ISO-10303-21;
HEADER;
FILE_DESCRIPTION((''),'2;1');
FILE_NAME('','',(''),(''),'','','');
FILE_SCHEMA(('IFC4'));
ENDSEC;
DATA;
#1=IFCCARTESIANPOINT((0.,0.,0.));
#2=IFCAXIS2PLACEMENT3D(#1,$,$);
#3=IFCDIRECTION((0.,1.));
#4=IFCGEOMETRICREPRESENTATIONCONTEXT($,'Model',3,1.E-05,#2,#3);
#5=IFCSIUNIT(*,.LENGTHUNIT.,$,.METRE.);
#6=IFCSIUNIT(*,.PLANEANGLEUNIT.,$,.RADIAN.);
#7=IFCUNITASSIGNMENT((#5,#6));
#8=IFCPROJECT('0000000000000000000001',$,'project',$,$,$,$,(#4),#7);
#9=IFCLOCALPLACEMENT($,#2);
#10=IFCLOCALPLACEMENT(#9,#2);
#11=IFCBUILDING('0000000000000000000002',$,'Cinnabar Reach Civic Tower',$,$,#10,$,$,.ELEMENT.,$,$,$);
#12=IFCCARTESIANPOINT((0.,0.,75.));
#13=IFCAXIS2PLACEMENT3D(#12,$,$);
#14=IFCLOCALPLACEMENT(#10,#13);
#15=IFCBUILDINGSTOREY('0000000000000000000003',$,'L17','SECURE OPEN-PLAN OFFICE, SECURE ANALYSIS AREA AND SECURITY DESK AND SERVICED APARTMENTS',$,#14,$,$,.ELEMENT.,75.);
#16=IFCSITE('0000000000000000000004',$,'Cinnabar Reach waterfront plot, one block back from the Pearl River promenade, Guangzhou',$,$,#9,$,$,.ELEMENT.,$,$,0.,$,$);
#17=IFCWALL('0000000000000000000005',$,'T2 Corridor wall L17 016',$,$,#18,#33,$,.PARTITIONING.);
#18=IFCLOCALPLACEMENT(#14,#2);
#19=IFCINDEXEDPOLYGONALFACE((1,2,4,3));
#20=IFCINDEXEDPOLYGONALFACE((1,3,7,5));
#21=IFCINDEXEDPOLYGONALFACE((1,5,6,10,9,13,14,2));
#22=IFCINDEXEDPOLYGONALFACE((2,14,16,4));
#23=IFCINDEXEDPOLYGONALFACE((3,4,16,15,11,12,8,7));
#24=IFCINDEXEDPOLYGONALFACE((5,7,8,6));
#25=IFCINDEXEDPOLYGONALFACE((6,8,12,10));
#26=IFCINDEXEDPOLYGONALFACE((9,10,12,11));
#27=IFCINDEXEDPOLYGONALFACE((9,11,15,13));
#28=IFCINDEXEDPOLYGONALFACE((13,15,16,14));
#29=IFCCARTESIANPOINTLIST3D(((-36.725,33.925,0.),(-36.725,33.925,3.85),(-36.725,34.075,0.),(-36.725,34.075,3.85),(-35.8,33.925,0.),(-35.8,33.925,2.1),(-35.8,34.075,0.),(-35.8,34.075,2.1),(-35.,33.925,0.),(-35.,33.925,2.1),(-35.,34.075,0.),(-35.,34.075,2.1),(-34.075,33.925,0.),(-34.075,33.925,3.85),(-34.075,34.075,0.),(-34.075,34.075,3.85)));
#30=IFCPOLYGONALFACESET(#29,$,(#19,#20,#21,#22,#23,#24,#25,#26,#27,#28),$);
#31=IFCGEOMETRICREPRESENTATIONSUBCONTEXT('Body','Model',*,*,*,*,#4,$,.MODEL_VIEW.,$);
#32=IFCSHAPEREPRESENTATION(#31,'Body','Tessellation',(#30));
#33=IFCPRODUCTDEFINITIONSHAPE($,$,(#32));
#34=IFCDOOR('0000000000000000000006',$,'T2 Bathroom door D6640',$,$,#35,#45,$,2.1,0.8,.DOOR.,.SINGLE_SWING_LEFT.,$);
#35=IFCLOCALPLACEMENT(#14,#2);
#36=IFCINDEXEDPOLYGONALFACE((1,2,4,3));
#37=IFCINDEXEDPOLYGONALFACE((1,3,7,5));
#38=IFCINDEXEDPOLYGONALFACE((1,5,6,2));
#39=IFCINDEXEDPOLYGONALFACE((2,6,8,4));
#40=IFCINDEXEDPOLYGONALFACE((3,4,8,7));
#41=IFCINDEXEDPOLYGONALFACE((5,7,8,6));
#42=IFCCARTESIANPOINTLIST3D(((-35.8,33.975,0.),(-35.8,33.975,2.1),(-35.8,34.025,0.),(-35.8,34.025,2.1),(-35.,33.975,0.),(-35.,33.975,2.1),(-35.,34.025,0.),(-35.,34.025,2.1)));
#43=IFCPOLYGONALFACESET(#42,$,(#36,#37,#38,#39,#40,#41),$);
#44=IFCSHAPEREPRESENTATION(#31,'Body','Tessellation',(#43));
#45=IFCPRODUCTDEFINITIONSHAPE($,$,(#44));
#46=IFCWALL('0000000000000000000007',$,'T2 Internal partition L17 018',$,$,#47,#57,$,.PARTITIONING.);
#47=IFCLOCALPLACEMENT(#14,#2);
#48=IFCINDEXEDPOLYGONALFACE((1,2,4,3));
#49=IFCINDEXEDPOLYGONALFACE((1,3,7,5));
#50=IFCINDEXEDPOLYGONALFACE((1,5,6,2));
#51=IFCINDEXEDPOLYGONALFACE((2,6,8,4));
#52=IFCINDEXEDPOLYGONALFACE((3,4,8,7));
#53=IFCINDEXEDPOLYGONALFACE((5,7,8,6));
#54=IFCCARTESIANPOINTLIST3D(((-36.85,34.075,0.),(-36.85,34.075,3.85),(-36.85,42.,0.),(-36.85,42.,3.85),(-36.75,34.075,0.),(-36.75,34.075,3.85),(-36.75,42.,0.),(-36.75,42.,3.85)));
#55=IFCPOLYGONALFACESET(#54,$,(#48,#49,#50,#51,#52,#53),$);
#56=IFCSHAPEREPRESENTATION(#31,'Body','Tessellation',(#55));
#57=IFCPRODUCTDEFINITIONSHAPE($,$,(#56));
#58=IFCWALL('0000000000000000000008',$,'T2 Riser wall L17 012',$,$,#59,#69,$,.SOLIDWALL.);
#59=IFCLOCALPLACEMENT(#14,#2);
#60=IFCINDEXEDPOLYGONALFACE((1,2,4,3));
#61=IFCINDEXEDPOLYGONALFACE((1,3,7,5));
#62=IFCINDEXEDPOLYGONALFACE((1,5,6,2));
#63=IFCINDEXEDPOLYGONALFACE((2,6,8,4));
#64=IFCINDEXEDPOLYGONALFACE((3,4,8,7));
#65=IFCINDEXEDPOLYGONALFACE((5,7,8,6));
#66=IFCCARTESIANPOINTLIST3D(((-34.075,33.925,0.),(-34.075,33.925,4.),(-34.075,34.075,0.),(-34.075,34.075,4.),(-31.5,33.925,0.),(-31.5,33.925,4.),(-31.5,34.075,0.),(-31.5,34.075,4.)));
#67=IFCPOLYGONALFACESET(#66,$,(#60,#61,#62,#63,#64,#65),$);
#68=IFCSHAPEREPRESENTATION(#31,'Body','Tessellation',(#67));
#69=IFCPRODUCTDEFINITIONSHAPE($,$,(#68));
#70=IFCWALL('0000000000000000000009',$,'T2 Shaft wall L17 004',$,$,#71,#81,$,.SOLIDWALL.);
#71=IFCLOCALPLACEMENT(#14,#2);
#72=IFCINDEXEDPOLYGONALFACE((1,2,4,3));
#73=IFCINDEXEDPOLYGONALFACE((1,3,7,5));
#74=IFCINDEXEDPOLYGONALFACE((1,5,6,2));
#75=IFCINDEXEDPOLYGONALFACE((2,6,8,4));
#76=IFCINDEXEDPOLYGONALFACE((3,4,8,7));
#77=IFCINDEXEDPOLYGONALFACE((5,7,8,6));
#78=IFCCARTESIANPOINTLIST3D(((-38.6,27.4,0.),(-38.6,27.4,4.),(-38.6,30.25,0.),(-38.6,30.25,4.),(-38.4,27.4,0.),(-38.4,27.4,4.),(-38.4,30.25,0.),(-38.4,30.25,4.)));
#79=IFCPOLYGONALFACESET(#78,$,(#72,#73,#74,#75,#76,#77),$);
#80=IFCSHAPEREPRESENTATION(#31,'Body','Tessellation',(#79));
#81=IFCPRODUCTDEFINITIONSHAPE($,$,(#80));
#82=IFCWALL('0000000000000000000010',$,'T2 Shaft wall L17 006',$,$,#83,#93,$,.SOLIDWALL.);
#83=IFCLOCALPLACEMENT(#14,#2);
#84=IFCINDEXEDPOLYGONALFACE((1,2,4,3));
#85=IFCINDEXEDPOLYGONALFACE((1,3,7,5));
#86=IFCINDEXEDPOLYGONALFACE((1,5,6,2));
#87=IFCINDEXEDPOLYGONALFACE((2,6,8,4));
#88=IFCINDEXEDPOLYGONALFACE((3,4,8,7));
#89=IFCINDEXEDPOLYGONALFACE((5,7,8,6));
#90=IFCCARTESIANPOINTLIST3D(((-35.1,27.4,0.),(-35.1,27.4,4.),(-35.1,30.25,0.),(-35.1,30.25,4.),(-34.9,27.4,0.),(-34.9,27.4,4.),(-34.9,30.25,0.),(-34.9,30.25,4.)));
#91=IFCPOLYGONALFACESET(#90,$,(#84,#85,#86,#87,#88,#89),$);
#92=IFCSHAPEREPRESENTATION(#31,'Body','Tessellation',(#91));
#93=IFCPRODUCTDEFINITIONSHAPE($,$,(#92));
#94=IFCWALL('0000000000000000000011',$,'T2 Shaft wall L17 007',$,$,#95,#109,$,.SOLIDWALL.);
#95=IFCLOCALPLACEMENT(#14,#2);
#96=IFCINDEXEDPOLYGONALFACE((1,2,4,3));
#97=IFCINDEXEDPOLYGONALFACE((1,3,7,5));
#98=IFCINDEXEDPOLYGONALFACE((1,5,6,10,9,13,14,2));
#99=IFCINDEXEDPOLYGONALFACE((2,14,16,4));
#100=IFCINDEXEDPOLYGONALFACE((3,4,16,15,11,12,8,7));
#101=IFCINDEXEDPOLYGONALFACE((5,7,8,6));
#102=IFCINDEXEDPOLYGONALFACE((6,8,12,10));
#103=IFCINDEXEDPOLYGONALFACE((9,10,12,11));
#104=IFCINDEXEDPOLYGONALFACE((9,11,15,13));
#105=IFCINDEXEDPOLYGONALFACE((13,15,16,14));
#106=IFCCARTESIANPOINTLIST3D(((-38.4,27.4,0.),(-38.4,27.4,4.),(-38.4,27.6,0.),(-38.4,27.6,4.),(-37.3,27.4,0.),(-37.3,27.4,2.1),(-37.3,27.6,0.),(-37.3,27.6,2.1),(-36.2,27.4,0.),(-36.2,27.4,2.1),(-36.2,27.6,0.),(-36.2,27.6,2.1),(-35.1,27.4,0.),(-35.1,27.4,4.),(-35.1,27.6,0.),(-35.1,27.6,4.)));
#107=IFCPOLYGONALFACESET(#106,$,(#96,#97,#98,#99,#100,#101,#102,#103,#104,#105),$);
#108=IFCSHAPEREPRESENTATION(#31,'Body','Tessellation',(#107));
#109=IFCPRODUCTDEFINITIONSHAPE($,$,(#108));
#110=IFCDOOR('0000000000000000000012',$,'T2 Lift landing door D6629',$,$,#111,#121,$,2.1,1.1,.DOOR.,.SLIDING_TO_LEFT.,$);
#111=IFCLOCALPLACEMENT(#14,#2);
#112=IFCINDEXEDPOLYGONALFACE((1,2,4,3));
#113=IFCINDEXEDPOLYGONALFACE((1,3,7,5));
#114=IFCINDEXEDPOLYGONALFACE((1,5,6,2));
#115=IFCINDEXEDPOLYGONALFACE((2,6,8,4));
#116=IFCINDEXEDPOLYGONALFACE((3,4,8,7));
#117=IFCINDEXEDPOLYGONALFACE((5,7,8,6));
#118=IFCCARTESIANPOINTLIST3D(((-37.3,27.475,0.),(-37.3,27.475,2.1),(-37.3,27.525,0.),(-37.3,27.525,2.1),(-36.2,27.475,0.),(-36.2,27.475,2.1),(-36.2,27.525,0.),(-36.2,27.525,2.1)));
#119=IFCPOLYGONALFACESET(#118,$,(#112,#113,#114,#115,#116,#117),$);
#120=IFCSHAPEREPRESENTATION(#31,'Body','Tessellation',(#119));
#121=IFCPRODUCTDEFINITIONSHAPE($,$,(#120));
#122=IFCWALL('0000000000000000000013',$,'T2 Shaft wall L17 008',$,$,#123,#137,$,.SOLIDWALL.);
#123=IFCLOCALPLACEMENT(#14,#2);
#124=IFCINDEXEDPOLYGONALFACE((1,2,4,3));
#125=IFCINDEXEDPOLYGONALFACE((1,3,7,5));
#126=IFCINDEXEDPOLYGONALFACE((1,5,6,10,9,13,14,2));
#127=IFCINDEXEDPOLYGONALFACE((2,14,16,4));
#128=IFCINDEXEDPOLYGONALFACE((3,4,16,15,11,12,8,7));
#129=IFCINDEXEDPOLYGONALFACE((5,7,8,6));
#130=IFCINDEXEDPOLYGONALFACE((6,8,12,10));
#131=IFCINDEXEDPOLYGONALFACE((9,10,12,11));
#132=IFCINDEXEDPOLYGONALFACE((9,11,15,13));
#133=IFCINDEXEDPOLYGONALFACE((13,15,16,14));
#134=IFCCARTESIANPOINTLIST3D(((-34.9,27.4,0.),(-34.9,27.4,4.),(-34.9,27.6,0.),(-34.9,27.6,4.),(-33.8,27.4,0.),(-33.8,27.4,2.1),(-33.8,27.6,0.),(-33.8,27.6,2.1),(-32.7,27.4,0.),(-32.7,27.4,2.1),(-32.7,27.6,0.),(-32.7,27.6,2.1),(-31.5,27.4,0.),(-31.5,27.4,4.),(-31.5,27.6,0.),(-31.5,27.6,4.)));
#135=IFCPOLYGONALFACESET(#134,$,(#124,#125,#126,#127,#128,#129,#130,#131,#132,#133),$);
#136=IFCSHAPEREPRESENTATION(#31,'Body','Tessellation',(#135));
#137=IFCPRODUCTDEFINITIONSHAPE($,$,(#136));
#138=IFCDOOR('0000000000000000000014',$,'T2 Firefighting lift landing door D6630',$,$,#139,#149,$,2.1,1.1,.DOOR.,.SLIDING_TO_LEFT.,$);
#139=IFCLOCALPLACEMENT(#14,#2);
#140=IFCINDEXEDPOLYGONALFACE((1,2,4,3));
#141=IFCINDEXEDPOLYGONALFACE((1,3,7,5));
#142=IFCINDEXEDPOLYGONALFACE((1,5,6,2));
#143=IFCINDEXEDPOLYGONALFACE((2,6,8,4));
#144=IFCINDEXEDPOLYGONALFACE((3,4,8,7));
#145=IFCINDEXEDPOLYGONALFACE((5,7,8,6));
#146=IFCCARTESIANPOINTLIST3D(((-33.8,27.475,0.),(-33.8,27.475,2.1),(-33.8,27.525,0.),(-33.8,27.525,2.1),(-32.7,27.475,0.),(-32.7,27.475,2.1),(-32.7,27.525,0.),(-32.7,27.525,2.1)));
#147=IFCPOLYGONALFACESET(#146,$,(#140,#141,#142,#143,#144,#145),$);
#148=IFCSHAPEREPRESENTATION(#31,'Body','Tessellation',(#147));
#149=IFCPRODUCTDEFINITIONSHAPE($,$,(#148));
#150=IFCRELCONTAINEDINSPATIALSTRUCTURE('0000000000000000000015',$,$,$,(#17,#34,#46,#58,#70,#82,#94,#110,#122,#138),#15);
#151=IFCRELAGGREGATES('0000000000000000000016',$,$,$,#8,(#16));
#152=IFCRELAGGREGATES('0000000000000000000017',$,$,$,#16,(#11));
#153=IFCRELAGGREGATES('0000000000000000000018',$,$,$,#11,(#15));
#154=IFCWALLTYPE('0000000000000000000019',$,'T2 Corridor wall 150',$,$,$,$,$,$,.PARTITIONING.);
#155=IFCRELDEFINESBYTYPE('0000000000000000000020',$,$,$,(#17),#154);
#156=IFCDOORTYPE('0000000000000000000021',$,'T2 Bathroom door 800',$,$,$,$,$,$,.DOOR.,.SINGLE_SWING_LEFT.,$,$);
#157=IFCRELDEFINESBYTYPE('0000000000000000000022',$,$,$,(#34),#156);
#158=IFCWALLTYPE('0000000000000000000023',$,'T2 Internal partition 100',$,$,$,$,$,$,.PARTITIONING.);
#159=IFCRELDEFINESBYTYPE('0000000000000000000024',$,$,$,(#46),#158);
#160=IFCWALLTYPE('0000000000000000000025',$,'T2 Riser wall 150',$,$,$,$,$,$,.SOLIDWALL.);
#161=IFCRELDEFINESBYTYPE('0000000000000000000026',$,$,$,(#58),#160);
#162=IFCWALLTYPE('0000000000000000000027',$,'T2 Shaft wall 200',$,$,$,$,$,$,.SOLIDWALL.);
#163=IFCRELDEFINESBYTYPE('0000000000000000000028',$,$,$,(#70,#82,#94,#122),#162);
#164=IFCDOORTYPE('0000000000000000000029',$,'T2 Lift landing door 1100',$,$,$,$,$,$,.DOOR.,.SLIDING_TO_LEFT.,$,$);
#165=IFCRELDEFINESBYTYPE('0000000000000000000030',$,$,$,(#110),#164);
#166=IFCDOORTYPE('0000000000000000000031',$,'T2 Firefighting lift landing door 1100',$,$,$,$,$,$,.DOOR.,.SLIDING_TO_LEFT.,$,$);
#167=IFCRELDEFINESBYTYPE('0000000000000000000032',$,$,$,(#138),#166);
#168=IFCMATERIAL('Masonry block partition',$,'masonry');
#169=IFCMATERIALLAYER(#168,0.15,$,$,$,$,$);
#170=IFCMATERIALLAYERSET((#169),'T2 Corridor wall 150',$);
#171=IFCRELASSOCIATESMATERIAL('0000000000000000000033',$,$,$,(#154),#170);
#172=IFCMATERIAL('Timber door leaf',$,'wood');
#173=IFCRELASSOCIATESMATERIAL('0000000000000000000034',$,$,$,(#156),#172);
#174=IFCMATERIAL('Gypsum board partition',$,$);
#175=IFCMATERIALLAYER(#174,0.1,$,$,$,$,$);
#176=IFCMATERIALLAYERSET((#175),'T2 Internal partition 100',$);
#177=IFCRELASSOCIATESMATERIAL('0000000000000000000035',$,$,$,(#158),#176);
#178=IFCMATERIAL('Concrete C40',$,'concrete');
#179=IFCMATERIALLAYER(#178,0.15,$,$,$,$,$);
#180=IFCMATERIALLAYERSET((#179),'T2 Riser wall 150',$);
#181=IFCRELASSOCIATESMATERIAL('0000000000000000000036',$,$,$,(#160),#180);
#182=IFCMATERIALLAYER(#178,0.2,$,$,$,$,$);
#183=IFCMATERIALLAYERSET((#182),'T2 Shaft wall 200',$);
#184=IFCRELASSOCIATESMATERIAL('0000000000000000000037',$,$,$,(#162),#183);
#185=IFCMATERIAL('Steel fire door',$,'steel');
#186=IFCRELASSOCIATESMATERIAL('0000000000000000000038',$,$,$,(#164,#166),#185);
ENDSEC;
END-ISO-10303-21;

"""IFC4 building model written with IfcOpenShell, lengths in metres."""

from ifc_helpers import new_model, si_unit, direction, frame, frame_2d, origin, place, context, subcontext, project, spatial, rectangle, extrude, material, layer, layer_set, type_object, element, fill, save


model = new_model("IFC4")

# Units and contexts
model_context = context("Model", 3, precision=1e-05, world=origin(), true_north=direction((0.0, 1.0)))
body_context = subcontext(model_context, "Body", "Model", "MODEL_VIEW")
ifc_project = project(units=[si_unit("LENGTHUNIT", "METRE"), si_unit("PLANEANGLEUNIT", "RADIAN")], contexts=[model_context])

# Site, building, storey
site_placement = place(None, origin())
site = spatial("IfcSite", under=ifc_project, at=site_placement, Name="Cinnabar Reach waterfront plot, one block back from the Pearl River promenade, Guangzhou", CompositionType="ELEMENT", RefElevation=0.0)
building_placement = place(site_placement, origin())
building = spatial("IfcBuilding", under=site, at=building_placement, Name="Cinnabar Reach Civic Tower", CompositionType="ELEMENT")
storey_placement = place(building_placement, frame((0.0, 0.0, 75.0)))
storey = spatial("IfcBuildingStorey", under=building, at=storey_placement, Name="L17", Description="SECURE OPEN-PLAN OFFICE, SECURE ANALYSIS AREA AND SECURITY DESK AND SERVICED APARTMENTS", CompositionType="ELEMENT", Elevation=75.0)

# Wall, opening, door
ifc_material_1 = material(Name="Steel fire door", Category="steel")
ifc_material_2 = material(Name="Masonry block partition", Category="masonry")
ifc_layer_1 = layer(ifc_material_2, 0.15)
ifc_layer_set_1 = layer_set([ifc_layer_1], Name="T2 Corridor wall 150")
wall_type_1 = type_object("IfcWallType", Name="T2 Corridor wall 150", PredefinedType="PARTITIONING", material=ifc_layer_set_1)
ifc_material_3 = material(Name="Timber door leaf", Category="wood")
door_type_1 = type_object("IfcDoorType", Name="T2 Bathroom door 800", OperationType="SINGLE_SWING_LEFT", PredefinedType="DOOR", material=ifc_material_3)
wall_1_placement = place(storey_placement, frame((-34.075, 34.0, 0.0), z_axis=(0.0, 0.0, 1.0), x_axis=(-1.0, 0.0, 0.0)))
wall_1 = element("IfcWall", 1, at=wall_1_placement, inside=storey, type_object=wall_type_1, Name="T2 Corridor wall L17 016", PredefinedType="PARTITIONING", context=body_context, shape_type="SweptSolid", body=[
    extrude(rectangle(XDim=2.65, YDim=0.15, at=frame_2d((1.325, 0.0))), origin(), (0.0, 0.0, 1.0), 3.85),
])
opening_1_placement = place(wall_1_placement, frame((0.925, 0.0, 0.0)))
opening_1 = element("IfcOpeningElement", 2, at=opening_1_placement, cuts=wall_1, PredefinedType="OPENING", context=body_context, shape_type="SweptSolid", body=[
    extrude(rectangle(XDim=0.8, YDim=2.1, at=frame_2d((0.4, 1.05))), frame((0.0, 0.085, 0.0), z_axis=(0.0, -1.0, 0.0), x_axis=(1.0, 0.0, 0.0)), (0.0, 0.0, 1.0), 0.17),
])
door_1_placement = place(opening_1_placement, frame((0.8, 0.0, 0.0), z_axis=(0.0, 0.0, 1.0), x_axis=(-1.0, 0.0, 0.0)))
door_1 = element("IfcDoor", 3, at=door_1_placement, inside=storey, type_object=door_type_1, Name="T2 Bathroom door D6640", OperationType="SINGLE_SWING_LEFT", OverallHeight=2.1, OverallWidth=0.8, PredefinedType="DOOR", context=body_context, shape_type="SweptSolid", body=[
    extrude(rectangle(XDim=0.8, YDim=2.1, at=frame_2d((0.4, 1.05))), frame((0.0, 0.025, 0.0), z_axis=(0.0, -1.0, 0.0), x_axis=(1.0, 0.0, 0.0)), (0.0, 0.0, 1.0), 0.05),
])
fill(opening_1, door_1)

# Walls
ifc_material_4 = material(Name="Gypsum board partition")
ifc_layer_2 = layer(ifc_material_4, 0.1)
ifc_layer_set_2 = layer_set([ifc_layer_2], Name="T2 Internal partition 100")
wall_type_2 = type_object("IfcWallType", Name="T2 Internal partition 100", PredefinedType="PARTITIONING", material=ifc_layer_set_2)
wall_2_placement = place(storey_placement, frame((-36.8, 34.075, 0.0), z_axis=(0.0, 0.0, 1.0), x_axis=(0.0, 1.0, 0.0)))
element("IfcWall", 4, at=wall_2_placement, inside=storey, type_object=wall_type_2, Name="T2 Internal partition L17 018", PredefinedType="PARTITIONING", context=body_context, shape_type="SweptSolid", body=[
    extrude(rectangle(XDim=7.925, YDim=0.1, at=frame_2d((3.9625, 0.0))), origin(), (0.0, 0.0, 1.0), 3.85),
])
ifc_material_5 = material(Name="Concrete C40", Category="concrete")
ifc_layer_3 = layer(ifc_material_5, 0.15)
ifc_layer_set_3 = layer_set([ifc_layer_3], Name="T2 Riser wall 150")
wall_type_3 = type_object("IfcWallType", Name="T2 Riser wall 150", PredefinedType="SOLIDWALL", material=ifc_layer_set_3)
wall_3_placement = place(storey_placement, frame((-34.075, 34.0, 0.0), z_axis=(0.0, 0.0, 1.0), x_axis=(1.0, 0.0, 0.0)))
element("IfcWall", 5, at=wall_3_placement, inside=storey, type_object=wall_type_3, Name="T2 Riser wall L17 012", PredefinedType="SOLIDWALL", context=body_context, shape_type="SweptSolid", body=[
    extrude(rectangle(XDim=2.575, YDim=0.15, at=frame_2d((1.2875, 0.0))), origin(), (0.0, 0.0, 1.0), 4.0),
])
ifc_layer_4 = layer(ifc_material_5, 0.2)
ifc_layer_set_4 = layer_set([ifc_layer_4], Name="T2 Shaft wall 200")
wall_type_4 = type_object("IfcWallType", Name="T2 Shaft wall 200", PredefinedType="SOLIDWALL", material=ifc_layer_set_4)
for number, where, z_axis, x_axis, name in (
    (6, (-38.5, 27.4, 0.0), (0.0, 0.0, 1.0), (0.0, 1.0, 0.0), "T2 Shaft wall L17 004"),
    (7, (-35.0, 27.4, 0.0), (0.0, 0.0, 1.0), (0.0, 1.0, 0.0), "T2 Shaft wall L17 006"),
):
    element("IfcWall", number, at=place(storey_placement, frame(where, z_axis=z_axis, x_axis=x_axis)), inside=storey, type_object=wall_type_4, Name=name, PredefinedType="SOLIDWALL", context=body_context, shape_type="SweptSolid", body=[
        extrude(rectangle(XDim=2.85, YDim=0.2, at=frame_2d((1.425, 0.0))), origin(), (0.0, 0.0, 1.0), 4.0),
    ])

# Walls, openings, doors
wall_4_placement = place(storey_placement, frame((-38.4, 27.5, 0.0), z_axis=(0.0, 0.0, 1.0), x_axis=(1.0, 0.0, 0.0)))
wall_4 = element("IfcWall", 8, at=wall_4_placement, inside=storey, type_object=wall_type_4, Name="T2 Shaft wall L17 007", PredefinedType="SOLIDWALL", context=body_context, shape_type="SweptSolid", body=[
    extrude(rectangle(XDim=3.3, YDim=0.2, at=frame_2d((1.65, 0.0))), origin(), (0.0, 0.0, 1.0), 4.0),
])
opening_2_placement = place(wall_4_placement, frame((1.1, 0.0, 0.0)))
opening_2 = element("IfcOpeningElement", 9, at=opening_2_placement, cuts=wall_4, PredefinedType="OPENING", context=body_context, shape_type="SweptSolid", body=[
    extrude(rectangle(XDim=1.1, YDim=2.1, at=frame_2d((0.55, 1.05))), frame((0.0, 0.11, 0.0), z_axis=(0.0, -1.0, 0.0), x_axis=(1.0, 0.0, 0.0)), (0.0, 0.0, 1.0), 0.22),
])
door_type_2 = type_object("IfcDoorType", Name="T2 Lift landing door 1100", OperationType="SLIDING_TO_LEFT", PredefinedType="DOOR", material=ifc_material_1)
door_2_placement = place(opening_2_placement, origin())
door_2 = element("IfcDoor", 10, at=door_2_placement, inside=storey, type_object=door_type_2, Name="T2 Lift landing door D6629", OperationType="SLIDING_TO_LEFT", OverallHeight=2.1, OverallWidth=1.1, PredefinedType="DOOR", context=body_context, shape_type="SweptSolid", body=[
    extrude(rectangle(XDim=1.1, YDim=2.1, at=frame_2d((0.55, 1.05))), frame((0.0, 0.025, 0.0), z_axis=(0.0, -1.0, 0.0), x_axis=(1.0, 0.0, 0.0)), (0.0, 0.0, 1.0), 0.05),
])
fill(opening_2, door_2)
wall_5_placement = place(storey_placement, frame((-34.9, 27.5, 0.0), z_axis=(0.0, 0.0, 1.0), x_axis=(1.0, 0.0, 0.0)))
wall_5 = element("IfcWall", 11, at=wall_5_placement, inside=storey, type_object=wall_type_4, Name="T2 Shaft wall L17 008", PredefinedType="SOLIDWALL", context=body_context, shape_type="SweptSolid", body=[
    extrude(rectangle(XDim=3.4, YDim=0.2, at=frame_2d((1.7, 0.0))), origin(), (0.0, 0.0, 1.0), 4.0),
])
opening_3_placement = place(wall_5_placement, frame((1.1, 0.0, 0.0)))
opening_3 = element("IfcOpeningElement", 12, at=opening_3_placement, cuts=wall_5, PredefinedType="OPENING", context=body_context, shape_type="SweptSolid", body=[
    extrude(rectangle(XDim=1.1, YDim=2.1, at=frame_2d((0.55, 1.05))), frame((0.0, 0.11, 0.0), z_axis=(0.0, -1.0, 0.0), x_axis=(1.0, 0.0, 0.0)), (0.0, 0.0, 1.0), 0.22),
])
door_type_3 = type_object("IfcDoorType", Name="T2 Firefighting lift landing door 1100", OperationType="SLIDING_TO_LEFT", PredefinedType="DOOR", material=ifc_material_1)
door_3_placement = place(opening_3_placement, origin())
door_3 = element("IfcDoor", 13, at=door_3_placement, inside=storey, type_object=door_type_3, Name="T2 Firefighting lift landing door D6630", OperationType="SLIDING_TO_LEFT", OverallHeight=2.1, OverallWidth=1.1, PredefinedType="DOOR", context=body_context, shape_type="SweptSolid", body=[
    extrude(rectangle(XDim=1.1, YDim=2.1, at=frame_2d((0.55, 1.05))), frame((0.0, 0.025, 0.0), z_axis=(0.0, -1.0, 0.0), x_axis=(1.0, 0.0, 0.0)), (0.0, 0.0, 1.0), 0.05),
])
fill(opening_3, door_3)

save(model, "model.ifc")
